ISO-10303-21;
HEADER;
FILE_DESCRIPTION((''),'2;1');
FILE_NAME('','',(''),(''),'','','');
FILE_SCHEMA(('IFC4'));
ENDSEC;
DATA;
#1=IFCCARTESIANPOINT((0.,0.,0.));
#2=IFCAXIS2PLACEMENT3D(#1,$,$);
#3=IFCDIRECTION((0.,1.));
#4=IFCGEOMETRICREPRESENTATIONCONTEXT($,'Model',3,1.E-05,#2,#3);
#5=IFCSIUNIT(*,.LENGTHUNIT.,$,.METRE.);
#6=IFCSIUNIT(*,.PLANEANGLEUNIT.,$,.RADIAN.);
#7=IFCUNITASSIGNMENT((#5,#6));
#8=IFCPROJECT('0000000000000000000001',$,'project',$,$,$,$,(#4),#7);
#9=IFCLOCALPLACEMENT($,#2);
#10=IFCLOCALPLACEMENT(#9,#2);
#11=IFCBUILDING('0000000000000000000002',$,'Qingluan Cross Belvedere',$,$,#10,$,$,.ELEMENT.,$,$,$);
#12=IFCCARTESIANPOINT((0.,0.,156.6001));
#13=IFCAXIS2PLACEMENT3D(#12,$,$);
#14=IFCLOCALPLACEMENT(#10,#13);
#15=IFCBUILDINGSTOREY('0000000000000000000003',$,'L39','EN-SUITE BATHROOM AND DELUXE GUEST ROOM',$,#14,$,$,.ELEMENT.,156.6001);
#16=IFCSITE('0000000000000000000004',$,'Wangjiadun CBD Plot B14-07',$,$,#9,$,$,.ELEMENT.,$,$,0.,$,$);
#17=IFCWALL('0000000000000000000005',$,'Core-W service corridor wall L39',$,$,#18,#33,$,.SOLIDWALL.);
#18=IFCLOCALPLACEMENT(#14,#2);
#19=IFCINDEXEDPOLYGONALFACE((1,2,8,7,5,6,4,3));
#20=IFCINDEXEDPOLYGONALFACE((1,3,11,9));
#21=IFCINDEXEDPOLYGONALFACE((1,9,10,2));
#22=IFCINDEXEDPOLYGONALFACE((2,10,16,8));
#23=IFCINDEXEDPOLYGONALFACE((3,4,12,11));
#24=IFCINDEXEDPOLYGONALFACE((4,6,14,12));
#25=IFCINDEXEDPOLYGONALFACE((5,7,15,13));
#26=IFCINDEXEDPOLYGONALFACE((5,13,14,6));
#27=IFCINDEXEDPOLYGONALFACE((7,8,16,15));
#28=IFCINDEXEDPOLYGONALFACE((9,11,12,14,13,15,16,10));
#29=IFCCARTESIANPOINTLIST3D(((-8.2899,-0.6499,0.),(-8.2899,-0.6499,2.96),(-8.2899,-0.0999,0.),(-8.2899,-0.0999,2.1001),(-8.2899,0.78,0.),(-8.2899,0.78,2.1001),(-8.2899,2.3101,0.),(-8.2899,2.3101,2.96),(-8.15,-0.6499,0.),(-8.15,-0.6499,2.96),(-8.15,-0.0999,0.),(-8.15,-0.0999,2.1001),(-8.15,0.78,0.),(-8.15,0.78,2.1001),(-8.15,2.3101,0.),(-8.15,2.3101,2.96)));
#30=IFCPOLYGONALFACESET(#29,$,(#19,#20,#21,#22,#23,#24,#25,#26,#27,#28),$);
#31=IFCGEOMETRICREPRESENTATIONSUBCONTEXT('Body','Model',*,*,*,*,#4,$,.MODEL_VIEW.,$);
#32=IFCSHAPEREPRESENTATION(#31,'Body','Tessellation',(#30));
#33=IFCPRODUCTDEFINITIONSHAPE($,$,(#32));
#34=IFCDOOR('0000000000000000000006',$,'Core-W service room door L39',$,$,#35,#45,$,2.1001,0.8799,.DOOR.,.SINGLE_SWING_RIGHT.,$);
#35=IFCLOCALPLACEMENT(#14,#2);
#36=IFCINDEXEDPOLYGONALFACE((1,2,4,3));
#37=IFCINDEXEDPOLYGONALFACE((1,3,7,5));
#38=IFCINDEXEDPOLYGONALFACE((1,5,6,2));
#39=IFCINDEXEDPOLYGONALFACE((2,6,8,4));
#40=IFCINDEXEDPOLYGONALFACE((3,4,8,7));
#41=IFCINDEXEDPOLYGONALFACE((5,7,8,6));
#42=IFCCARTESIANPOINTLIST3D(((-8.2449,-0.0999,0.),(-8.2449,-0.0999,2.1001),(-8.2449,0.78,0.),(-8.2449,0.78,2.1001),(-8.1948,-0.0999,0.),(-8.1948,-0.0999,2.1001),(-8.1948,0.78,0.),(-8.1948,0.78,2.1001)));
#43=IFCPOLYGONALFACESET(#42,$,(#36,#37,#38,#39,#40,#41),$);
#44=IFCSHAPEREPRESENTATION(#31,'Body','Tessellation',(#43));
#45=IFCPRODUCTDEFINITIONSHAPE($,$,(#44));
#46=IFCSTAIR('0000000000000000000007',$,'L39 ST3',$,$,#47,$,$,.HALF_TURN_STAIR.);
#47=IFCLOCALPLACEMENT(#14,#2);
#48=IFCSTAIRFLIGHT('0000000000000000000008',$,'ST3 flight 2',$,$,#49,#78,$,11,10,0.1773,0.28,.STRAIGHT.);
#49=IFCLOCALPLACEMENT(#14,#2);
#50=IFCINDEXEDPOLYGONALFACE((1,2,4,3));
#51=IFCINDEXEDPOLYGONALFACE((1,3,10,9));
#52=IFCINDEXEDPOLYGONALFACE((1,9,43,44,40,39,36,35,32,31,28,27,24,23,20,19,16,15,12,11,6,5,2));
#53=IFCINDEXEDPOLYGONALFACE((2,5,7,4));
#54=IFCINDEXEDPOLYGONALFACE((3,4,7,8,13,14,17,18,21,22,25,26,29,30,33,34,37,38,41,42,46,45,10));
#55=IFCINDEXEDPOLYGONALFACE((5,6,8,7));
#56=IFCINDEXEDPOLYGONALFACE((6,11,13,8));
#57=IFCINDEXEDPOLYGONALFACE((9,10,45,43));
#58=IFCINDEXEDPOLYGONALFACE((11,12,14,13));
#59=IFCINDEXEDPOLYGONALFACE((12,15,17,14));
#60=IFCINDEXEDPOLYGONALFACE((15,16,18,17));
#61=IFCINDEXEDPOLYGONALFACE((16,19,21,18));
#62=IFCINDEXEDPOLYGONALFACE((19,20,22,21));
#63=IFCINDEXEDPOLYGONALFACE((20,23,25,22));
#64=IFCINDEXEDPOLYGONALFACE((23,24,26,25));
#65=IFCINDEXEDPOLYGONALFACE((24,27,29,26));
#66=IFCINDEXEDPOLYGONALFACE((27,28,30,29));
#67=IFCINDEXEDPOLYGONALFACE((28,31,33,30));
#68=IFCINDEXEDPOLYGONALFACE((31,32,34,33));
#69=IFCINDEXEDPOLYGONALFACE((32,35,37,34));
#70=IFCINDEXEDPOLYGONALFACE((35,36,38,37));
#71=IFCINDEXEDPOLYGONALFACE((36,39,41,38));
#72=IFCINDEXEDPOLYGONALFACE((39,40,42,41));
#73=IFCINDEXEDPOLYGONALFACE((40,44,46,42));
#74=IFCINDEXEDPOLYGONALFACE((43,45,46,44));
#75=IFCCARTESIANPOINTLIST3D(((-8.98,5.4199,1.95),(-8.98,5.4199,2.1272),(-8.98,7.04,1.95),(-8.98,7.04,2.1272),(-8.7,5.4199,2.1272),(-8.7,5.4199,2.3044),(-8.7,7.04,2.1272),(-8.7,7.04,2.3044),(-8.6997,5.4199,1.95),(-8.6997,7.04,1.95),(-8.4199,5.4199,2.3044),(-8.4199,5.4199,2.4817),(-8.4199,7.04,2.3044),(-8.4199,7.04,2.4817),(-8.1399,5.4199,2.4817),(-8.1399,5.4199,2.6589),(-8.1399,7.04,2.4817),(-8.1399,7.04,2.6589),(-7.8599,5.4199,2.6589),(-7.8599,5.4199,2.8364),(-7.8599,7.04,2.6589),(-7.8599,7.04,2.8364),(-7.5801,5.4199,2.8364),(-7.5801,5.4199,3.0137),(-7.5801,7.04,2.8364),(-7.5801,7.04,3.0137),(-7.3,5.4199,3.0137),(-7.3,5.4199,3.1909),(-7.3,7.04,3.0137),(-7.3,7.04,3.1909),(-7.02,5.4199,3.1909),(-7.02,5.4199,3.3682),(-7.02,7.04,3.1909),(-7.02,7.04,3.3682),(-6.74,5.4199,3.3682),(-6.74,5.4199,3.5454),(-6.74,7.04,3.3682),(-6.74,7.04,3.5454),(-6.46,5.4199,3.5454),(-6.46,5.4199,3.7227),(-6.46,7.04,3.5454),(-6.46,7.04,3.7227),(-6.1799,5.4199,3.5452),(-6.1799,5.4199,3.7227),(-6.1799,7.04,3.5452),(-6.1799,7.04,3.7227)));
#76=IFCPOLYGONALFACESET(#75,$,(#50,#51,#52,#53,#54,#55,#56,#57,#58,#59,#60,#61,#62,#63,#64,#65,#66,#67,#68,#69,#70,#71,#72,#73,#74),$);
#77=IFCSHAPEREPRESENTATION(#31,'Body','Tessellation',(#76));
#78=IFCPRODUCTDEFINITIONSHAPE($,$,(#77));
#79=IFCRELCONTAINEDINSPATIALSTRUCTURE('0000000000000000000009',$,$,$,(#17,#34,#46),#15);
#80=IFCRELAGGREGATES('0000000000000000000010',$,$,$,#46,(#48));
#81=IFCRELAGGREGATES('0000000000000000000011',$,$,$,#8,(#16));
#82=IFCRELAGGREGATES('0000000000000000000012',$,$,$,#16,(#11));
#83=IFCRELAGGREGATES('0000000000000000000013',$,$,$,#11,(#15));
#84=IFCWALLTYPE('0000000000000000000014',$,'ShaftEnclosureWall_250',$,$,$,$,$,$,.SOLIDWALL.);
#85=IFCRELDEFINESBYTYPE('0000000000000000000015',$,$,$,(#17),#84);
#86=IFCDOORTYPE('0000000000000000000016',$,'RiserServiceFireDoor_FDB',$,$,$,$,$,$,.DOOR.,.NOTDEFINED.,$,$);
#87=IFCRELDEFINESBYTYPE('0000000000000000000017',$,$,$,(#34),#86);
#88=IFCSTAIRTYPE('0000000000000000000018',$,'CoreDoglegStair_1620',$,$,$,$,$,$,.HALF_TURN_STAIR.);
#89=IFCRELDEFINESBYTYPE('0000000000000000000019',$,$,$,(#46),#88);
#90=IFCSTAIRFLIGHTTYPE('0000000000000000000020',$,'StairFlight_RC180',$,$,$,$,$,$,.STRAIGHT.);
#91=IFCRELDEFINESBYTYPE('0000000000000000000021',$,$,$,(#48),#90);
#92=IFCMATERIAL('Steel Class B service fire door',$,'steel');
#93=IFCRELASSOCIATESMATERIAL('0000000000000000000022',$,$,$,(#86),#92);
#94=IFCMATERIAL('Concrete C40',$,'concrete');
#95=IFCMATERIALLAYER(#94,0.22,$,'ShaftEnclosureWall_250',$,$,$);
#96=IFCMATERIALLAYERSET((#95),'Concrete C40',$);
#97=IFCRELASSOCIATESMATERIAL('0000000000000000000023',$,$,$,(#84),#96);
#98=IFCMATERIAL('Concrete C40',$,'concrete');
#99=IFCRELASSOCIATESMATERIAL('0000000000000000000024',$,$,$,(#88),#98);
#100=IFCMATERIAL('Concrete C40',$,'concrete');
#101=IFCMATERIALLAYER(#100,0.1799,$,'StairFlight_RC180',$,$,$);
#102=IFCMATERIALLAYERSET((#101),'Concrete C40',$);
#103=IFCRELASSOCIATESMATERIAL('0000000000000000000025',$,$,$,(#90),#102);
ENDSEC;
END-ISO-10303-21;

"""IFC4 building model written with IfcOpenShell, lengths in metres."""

from ifc_helpers import new_model, si_unit, direction, frame, frame_2d, origin, place, context, subcontext, project, spatial, polyline, rectangle, outline, extrude, material, layer, layer_set, type_object, element, fill, aggregate, save


model = new_model("IFC4")

# Units and contexts
model_context = context("Model", 3, precision=1e-05, world=origin(), true_north=direction((0.0, 1.0)))
body_context = subcontext(model_context, "Body", "Model", "MODEL_VIEW")
ifc_project = project(units=[si_unit("LENGTHUNIT", "METRE"), si_unit("PLANEANGLEUNIT", "RADIAN")], contexts=[model_context])

# Site, building, storey
site_placement = place(None, origin())
site = spatial("IfcSite", under=ifc_project, at=site_placement, Name="Wangjiadun CBD Plot B14-07", CompositionType="ELEMENT", RefElevation=0.0)
building_placement = place(site_placement, origin())
building = spatial("IfcBuilding", under=site, at=building_placement, Name="Qingluan Cross Belvedere", CompositionType="ELEMENT")
storey_placement = place(building_placement, frame((0.0, 0.0, 156.6001)))
storey = spatial("IfcBuildingStorey", under=building, at=storey_placement, Name="L39", Description="EN-SUITE BATHROOM AND DELUXE GUEST ROOM", CompositionType="ELEMENT", Elevation=156.6001)

# Shared definitions
ifc_material_1 = material(Name="Steel Class B service fire door", Category="steel")
door_type_1 = type_object("IfcDoorType", Name="RiserServiceFireDoor_FDB", OperationType="NOTDEFINED", PredefinedType="DOOR", material=ifc_material_1)

# Shared definitions
ifc_material_2 = material(Name="Concrete C40", Category="concrete")
ifc_layer_1 = layer(ifc_material_2, 0.22, Name="ShaftEnclosureWall_250")
ifc_layer_set_1 = layer_set([ifc_layer_1], Name="Concrete C40")
wall_type_1 = type_object("IfcWallType", Name="ShaftEnclosureWall_250", PredefinedType="SOLIDWALL", material=ifc_layer_set_1)

# Wall, opening, door
wall_1_placement = place(storey_placement, frame((-8.22, -0.6499, 0.0), z_axis=(0.0, 0.0, 1.0), x_axis=(0.0, 1.0, 0.0)))
wall_1 = element("IfcWall", 1, at=wall_1_placement, inside=storey, type_object=wall_type_1, Name="Core-W service corridor wall L39", PredefinedType="SOLIDWALL", context=body_context, shape_type="SweptSolid", body=[
    extrude(rectangle(XDim=2.96, YDim=0.1399, at=frame_2d((1.48, 0.0))), origin(), (0.0, 0.0, 1.0), 2.96),
])
opening_1_placement = place(wall_1_placement, frame((0.55, 0.0, 0.0)))
opening_1 = element("IfcOpeningElement", 2, at=opening_1_placement, cuts=wall_1, PredefinedType="OPENING", context=body_context, shape_type="SweptSolid", body=[
    extrude(rectangle(XDim=0.8799, YDim=2.1001, at=frame_2d((0.4399, 1.05))), frame((0.0, 0.0798, 0.0), z_axis=(0.0, -1.0, 0.0), x_axis=(1.0, 0.0, 0.0)), (0.0, 0.0, 1.0), 0.1599),
])
door_1_placement = place(opening_1_placement, origin())
door_1 = element("IfcDoor", 3, at=door_1_placement, inside=storey, type_object=door_type_1, Name="Core-W service room door L39", OperationType="SINGLE_SWING_RIGHT", OverallHeight=2.1001, OverallWidth=0.8799, PredefinedType="DOOR", context=body_context, shape_type="SweptSolid", body=[
    extrude(rectangle(XDim=0.8799, YDim=2.1001, at=frame_2d((0.4399, 1.05))), frame((0.0, 0.0249, 0.0), z_axis=(0.0, -1.0, 0.0), x_axis=(1.0, 0.0, 0.0)), (0.0, 0.0, 1.0), 0.05),
])
fill(opening_1, door_1)

# Stair, stair flight
ifc_material_3 = material(Name="Concrete C40", Category="concrete")
stair_type = type_object("IfcStairType", Name="CoreDoglegStair_1620", PredefinedType="HALF_TURN_STAIR", material=ifc_material_3)
stair_placement = place(storey_placement, origin())
stair = element("IfcStair", 4, at=stair_placement, inside=storey, type_object=stair_type, Name="L39 ST3", PredefinedType="HALF_TURN_STAIR")
ifc_material_4 = material(Name="Concrete C40", Category="concrete")
ifc_layer_2 = layer(ifc_material_4, 0.1799, Name="StairFlight_RC180")
ifc_layer_set_2 = layer_set([ifc_layer_2], Name="Concrete C40")
stair_flight_type = type_object("IfcStairFlightType", Name="StairFlight_RC180", PredefinedType="STRAIGHT", material=ifc_layer_set_2)
stair_flight_placement = place(storey_placement, frame((-8.98, 6.23, 1.95), z_axis=(0.0, 0.0, 1.0), x_axis=(1.0, 0.0, 0.0)))
stair_flight = element("IfcStairFlight", 5, at=stair_flight_placement, type_object=stair_flight_type, Name="ST3 flight 2", NumberOfRisers=11, NumberOfTreads=10, PredefinedType="STRAIGHT", RiserHeight=0.1773, TreadLength=0.28, context=body_context, shape_type="SweptSolid", body=[
    extrude(outline(polyline([(0.0, 0.0), (0.0, 0.1772), (0.28, 0.1772), (0.28, 0.3545), (0.5601, 0.3545), (0.5601, 0.5317), (0.8401, 0.5317), (0.8401, 0.709), (1.1201, 0.709), (1.1201, 0.8865), (1.3999, 0.8865), (1.3999, 1.0637), (1.6799, 1.0637), (1.6799, 1.241), (1.96, 1.241), (1.96, 1.4182), (2.24, 1.4182), (2.24, 1.5955), (2.52, 1.5955), (2.52, 1.7727), (2.8, 1.7727), (2.8, 1.95), (2.8, 1.5952), (0.2803, 0.0), (0.0, 0.0)])), frame((0.0, 0.8101, 0.0), z_axis=(0.0, -1.0, 0.0), x_axis=(1.0, 0.0, 0.0)), (0.0, 0.0, 1.0), 1.6201),
])
aggregate(stair, [stair_flight])

save(model, "model.ifc")
